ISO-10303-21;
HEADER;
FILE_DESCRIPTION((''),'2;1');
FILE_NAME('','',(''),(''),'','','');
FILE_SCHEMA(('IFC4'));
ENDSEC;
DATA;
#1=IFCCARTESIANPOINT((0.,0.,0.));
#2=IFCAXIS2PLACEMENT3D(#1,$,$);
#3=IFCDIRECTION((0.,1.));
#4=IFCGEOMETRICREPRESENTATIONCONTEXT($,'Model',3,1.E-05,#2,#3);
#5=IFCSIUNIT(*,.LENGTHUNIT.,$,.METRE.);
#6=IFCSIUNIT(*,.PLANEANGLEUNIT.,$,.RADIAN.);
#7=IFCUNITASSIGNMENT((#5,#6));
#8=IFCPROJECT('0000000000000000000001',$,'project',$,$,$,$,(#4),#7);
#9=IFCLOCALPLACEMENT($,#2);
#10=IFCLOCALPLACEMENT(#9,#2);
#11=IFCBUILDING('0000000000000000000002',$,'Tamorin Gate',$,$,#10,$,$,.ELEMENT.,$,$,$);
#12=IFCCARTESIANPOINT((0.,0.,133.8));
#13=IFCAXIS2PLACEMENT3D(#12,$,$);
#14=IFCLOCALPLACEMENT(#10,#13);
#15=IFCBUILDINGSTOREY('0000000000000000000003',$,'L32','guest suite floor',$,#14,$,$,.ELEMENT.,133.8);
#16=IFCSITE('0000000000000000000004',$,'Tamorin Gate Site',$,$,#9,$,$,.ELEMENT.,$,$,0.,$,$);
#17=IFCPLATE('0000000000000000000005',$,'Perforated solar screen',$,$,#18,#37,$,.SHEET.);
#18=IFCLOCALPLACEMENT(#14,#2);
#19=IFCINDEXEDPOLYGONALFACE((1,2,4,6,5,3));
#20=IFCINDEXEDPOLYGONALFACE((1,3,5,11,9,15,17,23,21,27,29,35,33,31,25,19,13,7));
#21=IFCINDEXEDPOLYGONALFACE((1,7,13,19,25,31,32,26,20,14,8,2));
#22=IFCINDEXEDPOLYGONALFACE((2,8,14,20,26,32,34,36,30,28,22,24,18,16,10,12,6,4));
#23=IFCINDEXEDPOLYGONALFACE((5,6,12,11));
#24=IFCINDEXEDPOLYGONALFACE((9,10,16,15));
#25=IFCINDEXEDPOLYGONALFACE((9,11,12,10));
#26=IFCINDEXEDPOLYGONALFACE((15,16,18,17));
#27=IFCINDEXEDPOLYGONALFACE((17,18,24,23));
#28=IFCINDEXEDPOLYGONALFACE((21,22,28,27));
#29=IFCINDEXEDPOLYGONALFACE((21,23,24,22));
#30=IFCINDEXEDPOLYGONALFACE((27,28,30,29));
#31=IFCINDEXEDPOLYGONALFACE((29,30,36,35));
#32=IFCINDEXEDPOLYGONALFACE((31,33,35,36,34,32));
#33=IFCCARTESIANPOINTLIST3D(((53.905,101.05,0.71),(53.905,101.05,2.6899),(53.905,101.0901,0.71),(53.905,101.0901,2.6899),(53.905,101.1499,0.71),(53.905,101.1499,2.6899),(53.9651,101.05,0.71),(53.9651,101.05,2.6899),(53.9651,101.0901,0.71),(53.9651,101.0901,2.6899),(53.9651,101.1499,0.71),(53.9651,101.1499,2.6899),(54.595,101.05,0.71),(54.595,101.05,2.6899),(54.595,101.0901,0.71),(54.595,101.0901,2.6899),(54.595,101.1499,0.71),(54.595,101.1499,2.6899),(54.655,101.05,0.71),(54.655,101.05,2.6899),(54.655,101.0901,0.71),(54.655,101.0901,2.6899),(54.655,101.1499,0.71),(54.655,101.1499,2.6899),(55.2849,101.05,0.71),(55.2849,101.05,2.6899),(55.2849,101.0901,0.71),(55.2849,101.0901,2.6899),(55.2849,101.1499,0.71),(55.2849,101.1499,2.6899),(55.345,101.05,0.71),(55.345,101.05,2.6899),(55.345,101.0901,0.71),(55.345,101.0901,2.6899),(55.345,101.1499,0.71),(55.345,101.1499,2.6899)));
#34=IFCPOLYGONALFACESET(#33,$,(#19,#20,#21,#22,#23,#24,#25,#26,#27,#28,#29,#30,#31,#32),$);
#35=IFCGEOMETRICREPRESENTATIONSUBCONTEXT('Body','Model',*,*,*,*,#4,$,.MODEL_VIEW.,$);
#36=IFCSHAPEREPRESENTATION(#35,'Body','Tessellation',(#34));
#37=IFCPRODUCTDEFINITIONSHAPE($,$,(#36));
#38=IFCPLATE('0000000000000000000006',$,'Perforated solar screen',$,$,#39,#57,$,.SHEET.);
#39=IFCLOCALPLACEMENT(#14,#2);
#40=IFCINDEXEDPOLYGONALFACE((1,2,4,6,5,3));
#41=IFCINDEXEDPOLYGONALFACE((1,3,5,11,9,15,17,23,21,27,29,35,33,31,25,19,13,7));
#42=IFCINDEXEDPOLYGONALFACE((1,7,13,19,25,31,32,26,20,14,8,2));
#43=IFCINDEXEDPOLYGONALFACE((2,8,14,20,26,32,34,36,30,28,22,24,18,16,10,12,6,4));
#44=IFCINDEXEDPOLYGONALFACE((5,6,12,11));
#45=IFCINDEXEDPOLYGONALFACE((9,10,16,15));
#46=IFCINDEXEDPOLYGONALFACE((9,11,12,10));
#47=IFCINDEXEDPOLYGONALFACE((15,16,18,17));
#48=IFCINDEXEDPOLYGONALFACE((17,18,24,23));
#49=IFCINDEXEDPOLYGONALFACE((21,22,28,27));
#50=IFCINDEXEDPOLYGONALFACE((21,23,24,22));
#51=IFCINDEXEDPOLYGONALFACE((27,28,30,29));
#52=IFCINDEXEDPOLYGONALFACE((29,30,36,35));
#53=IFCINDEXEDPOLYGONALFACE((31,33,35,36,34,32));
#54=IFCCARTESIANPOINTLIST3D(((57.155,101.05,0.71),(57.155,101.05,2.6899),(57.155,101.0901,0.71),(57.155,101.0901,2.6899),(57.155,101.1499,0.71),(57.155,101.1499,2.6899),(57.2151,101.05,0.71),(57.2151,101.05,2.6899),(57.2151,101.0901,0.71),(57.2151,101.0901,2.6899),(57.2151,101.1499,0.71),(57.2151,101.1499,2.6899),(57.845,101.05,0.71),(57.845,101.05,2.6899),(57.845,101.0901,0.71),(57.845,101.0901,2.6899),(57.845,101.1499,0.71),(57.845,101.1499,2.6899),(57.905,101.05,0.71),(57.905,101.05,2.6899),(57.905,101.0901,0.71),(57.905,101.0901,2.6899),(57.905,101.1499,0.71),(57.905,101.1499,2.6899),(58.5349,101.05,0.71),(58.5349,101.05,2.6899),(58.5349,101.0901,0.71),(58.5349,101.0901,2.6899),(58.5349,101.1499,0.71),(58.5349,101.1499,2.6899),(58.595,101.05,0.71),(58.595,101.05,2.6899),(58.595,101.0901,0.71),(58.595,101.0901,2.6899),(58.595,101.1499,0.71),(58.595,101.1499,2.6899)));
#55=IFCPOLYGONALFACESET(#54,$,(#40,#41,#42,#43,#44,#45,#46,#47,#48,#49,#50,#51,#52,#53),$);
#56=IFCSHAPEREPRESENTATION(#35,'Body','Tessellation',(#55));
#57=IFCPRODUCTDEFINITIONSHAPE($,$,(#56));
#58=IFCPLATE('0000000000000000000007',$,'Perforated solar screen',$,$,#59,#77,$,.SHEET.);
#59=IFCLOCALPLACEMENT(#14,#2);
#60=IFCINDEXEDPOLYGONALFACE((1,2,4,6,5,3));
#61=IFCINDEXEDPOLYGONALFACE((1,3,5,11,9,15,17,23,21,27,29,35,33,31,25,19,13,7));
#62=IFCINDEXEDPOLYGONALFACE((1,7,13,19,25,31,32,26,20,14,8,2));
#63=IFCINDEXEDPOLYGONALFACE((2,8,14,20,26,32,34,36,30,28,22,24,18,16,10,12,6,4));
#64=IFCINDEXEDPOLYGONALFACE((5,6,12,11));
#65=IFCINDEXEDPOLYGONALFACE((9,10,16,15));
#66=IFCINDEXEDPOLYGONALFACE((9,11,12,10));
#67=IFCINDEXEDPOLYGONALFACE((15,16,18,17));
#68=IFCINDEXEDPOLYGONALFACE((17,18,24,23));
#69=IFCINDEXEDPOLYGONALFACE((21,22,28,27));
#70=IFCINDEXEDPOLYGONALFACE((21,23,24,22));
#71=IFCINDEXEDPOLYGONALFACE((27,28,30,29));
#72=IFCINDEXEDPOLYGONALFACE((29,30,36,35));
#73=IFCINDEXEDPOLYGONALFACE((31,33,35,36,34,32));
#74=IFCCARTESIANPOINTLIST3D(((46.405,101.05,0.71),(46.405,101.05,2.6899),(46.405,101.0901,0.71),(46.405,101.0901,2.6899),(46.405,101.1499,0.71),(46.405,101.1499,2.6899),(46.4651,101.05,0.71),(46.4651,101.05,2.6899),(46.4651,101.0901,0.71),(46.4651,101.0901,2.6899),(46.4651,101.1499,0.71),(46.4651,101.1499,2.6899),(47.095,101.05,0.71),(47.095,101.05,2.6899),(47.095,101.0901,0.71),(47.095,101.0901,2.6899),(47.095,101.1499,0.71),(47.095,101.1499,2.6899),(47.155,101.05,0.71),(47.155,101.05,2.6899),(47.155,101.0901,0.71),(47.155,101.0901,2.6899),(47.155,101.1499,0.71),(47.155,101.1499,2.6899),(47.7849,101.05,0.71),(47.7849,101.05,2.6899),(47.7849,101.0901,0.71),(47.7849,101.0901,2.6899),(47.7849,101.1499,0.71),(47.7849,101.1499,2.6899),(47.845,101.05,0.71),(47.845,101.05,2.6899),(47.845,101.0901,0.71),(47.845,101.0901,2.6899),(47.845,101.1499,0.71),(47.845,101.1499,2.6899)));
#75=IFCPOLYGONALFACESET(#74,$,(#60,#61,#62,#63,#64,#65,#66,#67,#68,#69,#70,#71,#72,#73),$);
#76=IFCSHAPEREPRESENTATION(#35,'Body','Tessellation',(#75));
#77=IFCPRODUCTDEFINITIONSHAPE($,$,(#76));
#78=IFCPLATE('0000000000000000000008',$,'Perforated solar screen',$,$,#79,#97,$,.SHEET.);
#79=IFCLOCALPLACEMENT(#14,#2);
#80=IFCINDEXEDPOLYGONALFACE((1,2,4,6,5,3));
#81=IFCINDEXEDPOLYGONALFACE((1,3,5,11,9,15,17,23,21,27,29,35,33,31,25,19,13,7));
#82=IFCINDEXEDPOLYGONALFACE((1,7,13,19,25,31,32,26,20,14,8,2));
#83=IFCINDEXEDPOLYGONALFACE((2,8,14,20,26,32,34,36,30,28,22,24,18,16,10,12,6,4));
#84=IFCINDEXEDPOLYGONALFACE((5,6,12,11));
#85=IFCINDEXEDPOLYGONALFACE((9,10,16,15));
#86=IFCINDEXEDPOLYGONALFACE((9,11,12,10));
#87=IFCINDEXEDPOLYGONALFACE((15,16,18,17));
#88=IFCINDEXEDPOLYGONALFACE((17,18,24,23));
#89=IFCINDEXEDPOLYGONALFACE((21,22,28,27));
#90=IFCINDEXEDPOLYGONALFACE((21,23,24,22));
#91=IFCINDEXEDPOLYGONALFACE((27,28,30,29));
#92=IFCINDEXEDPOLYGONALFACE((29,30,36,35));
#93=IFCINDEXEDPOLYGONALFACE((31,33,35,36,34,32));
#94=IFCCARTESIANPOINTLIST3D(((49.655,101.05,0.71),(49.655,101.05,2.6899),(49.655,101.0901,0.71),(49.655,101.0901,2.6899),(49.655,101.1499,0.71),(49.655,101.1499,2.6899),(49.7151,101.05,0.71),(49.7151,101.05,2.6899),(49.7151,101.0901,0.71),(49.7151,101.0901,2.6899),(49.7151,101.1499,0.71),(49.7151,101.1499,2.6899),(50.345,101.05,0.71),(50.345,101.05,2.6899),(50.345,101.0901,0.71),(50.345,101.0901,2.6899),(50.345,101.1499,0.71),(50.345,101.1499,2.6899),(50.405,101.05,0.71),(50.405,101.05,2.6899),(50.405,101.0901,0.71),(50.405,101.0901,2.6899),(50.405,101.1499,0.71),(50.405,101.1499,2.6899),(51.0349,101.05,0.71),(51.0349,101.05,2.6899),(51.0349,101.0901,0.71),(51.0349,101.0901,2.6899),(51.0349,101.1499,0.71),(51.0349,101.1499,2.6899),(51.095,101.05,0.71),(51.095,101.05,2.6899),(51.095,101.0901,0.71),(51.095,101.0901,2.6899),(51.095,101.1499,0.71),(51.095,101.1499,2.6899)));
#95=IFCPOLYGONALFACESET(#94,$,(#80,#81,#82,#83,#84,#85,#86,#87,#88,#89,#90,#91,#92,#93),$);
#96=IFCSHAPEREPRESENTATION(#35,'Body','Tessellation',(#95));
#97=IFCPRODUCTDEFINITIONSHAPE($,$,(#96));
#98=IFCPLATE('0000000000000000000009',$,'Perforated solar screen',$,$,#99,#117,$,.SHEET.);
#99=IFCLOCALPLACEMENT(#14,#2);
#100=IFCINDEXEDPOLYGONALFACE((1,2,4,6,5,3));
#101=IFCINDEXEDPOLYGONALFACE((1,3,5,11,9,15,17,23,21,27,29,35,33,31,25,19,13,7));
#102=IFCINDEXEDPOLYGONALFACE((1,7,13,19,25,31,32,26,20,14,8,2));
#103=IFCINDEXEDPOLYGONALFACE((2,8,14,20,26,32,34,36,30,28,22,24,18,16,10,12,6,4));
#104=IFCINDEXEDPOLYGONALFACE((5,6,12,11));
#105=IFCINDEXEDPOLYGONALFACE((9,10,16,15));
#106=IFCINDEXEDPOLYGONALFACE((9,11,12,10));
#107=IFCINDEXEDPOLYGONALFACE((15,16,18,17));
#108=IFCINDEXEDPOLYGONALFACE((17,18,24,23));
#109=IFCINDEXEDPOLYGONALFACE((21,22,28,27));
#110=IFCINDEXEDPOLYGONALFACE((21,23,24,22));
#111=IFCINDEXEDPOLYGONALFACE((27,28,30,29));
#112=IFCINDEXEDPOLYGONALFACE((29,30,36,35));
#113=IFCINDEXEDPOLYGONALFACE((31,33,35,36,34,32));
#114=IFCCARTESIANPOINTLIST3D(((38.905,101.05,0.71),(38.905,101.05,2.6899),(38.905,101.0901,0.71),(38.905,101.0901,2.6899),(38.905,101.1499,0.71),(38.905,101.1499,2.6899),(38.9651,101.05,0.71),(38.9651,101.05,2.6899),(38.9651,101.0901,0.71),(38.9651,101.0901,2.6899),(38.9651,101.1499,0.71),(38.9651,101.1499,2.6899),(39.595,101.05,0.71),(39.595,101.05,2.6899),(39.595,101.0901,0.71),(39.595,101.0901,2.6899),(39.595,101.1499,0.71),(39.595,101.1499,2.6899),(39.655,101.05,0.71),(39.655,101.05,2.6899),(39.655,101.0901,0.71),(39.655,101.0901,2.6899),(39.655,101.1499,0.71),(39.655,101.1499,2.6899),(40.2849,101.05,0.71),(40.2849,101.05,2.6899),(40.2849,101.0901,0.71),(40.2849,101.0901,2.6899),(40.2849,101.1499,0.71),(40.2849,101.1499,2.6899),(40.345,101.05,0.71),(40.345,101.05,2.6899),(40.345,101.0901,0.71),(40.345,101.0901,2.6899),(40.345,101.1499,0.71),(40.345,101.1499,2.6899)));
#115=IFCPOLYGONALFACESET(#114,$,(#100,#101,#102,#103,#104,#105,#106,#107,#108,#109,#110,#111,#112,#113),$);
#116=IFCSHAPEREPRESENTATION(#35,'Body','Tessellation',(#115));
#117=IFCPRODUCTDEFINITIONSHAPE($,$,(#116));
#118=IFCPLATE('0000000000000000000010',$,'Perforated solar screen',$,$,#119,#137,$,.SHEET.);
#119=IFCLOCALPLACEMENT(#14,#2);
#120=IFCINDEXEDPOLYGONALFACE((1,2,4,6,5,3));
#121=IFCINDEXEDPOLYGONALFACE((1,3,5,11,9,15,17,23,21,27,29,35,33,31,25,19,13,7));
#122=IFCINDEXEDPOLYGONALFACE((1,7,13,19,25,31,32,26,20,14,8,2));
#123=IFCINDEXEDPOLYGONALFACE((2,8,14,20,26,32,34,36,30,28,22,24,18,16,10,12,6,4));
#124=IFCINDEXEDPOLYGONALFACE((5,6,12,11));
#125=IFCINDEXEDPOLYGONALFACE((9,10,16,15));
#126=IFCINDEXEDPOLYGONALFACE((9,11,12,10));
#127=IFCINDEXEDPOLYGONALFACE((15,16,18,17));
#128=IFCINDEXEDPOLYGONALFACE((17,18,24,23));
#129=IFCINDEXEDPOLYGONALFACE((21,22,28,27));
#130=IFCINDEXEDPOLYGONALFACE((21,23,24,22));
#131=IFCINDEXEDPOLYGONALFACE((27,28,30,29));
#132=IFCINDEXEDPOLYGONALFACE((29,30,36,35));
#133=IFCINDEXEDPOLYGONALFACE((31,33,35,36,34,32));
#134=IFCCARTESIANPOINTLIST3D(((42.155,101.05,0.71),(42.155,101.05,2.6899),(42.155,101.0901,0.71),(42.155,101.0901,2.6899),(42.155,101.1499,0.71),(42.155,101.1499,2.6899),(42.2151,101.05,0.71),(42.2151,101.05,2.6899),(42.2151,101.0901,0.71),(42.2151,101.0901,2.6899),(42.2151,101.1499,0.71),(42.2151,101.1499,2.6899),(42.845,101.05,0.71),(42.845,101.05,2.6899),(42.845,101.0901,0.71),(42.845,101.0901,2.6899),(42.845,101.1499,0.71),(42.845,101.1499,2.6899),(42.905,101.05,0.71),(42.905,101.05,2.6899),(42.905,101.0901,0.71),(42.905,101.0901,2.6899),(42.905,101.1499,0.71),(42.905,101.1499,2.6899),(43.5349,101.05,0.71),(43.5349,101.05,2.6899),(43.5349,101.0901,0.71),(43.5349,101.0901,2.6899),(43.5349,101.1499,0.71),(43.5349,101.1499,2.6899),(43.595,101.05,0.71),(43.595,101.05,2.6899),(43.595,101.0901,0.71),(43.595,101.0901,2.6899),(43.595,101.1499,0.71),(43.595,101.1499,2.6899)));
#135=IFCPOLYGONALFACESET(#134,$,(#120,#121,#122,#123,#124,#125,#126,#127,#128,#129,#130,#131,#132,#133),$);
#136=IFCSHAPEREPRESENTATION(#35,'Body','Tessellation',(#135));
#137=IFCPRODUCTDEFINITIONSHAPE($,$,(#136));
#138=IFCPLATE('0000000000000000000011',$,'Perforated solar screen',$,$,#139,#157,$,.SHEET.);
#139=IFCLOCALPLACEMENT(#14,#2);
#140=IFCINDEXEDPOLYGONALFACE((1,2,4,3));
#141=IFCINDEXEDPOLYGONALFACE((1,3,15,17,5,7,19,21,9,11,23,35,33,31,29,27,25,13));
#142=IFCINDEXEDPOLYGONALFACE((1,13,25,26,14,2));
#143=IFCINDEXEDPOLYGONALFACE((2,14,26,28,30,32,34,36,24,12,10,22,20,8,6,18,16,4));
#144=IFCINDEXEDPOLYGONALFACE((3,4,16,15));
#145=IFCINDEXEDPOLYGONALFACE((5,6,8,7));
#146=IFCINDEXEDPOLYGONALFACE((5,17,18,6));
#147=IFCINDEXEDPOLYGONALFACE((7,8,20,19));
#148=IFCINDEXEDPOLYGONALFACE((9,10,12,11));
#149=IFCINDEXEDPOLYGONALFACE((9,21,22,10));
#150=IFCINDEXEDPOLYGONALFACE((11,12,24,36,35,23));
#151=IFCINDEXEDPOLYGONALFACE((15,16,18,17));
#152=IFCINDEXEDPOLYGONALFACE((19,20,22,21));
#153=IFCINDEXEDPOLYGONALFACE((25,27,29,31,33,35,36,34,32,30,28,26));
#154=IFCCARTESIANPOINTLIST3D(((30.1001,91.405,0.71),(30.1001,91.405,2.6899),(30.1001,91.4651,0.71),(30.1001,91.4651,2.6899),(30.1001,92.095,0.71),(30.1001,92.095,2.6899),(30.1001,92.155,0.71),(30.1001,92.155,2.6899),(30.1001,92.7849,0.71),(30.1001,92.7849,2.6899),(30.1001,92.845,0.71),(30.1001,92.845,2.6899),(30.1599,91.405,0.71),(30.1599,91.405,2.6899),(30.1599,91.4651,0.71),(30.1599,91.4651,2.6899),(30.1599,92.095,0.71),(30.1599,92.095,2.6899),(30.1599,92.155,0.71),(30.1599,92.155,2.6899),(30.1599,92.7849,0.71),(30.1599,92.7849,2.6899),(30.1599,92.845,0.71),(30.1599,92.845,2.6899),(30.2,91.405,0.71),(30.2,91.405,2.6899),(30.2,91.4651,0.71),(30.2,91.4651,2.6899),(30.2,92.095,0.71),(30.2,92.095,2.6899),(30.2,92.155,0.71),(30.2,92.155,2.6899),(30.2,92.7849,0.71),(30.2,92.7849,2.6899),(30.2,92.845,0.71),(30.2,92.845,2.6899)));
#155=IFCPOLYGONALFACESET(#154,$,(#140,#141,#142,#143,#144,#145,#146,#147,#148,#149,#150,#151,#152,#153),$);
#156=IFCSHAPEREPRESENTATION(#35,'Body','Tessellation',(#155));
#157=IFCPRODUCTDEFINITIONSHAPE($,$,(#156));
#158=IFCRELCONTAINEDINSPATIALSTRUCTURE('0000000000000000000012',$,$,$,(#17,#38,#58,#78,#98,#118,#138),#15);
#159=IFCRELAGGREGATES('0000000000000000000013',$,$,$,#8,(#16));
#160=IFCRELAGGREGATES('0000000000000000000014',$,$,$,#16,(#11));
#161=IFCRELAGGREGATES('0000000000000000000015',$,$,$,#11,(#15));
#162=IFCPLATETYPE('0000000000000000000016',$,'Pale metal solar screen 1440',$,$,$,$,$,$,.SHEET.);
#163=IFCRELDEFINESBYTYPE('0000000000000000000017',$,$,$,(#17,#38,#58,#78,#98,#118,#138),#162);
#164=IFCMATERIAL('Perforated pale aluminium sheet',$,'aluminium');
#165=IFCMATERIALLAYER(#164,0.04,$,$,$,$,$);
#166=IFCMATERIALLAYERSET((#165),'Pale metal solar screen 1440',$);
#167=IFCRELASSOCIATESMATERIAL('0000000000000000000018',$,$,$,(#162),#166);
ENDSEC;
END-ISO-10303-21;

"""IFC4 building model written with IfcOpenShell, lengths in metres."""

from ifc_helpers import new_model, si_unit, direction, frame, origin, place, context, subcontext, project, spatial, polyline, outline, extrude, material, layer, layer_set, type_object, element, save


model = new_model("IFC4")

# Units and contexts
model_context = context("Model", 3, precision=1e-05, world=origin(), true_north=direction((0.0, 1.0)))
body_context = subcontext(model_context, "Body", "Model", "MODEL_VIEW")
ifc_project = project(units=[si_unit("LENGTHUNIT", "METRE"), si_unit("PLANEANGLEUNIT", "RADIAN")], contexts=[model_context])

# Site, building, storey
site_placement = place(None, origin())
site = spatial("IfcSite", under=ifc_project, at=site_placement, Name="Tamorin Gate Site", CompositionType="ELEMENT", RefElevation=0.0)
building_placement = place(site_placement, origin())
building = spatial("IfcBuilding", under=site, at=building_placement, Name="Tamorin Gate", CompositionType="ELEMENT")
storey_placement = place(building_placement, frame((0.0, 0.0, 133.8)))
storey = spatial("IfcBuildingStorey", under=building, at=storey_placement, Name="L32", Description="guest suite floor", CompositionType="ELEMENT", Elevation=133.8)

# Plates
ifc_material = material(Name="Perforated pale aluminium sheet", Category="aluminium")
ifc_layer_1 = layer(ifc_material, 0.04)
ifc_layer_set_1 = layer_set([ifc_layer_1], Name="Pale metal solar screen 1440")
plate_type_1 = type_object("IfcPlateType", Name="Pale metal solar screen 1440", PredefinedType="SHEET", material=ifc_layer_set_1)
plate_1_placement = place(storey_placement, frame((0.0, 0.0, 0.71)))
element("IfcPlate", 1, at=plate_1_placement, inside=storey, type_object=plate_type_1, Name="Perforated solar screen", PredefinedType="SHEET", context=body_context, shape_type="SweptSolid", body=[
    extrude(outline(polyline([(55.345, 101.0901), (55.345, 101.05), (55.2849, 101.05), (54.655, 101.05), (54.595, 101.05), (53.9651, 101.05), (53.905, 101.05), (53.905, 101.0901), (53.905, 101.1499), (53.9651, 101.1499), (53.9651, 101.0901), (54.595, 101.0901), (54.595, 101.1499), (54.655, 101.1499), (54.655, 101.0901), (55.2849, 101.0901), (55.2849, 101.1499), (55.345, 101.1499), (55.345, 101.0901)])), origin(), (0.0, 0.0, 1.0), 1.98),
])
plate_2_placement = place(storey_placement, frame((0.0, 0.0, 0.71)))
element("IfcPlate", 2, at=plate_2_placement, inside=storey, type_object=plate_type_1, Name="Perforated solar screen", PredefinedType="SHEET", context=body_context, shape_type="SweptSolid", body=[
    extrude(outline(polyline([(58.595, 101.0901), (58.595, 101.05), (58.5349, 101.05), (57.905, 101.05), (57.845, 101.05), (57.2151, 101.05), (57.155, 101.05), (57.155, 101.0901), (57.155, 101.1499), (57.2151, 101.1499), (57.2151, 101.0901), (57.845, 101.0901), (57.845, 101.1499), (57.905, 101.1499), (57.905, 101.0901), (58.5349, 101.0901), (58.5349, 101.1499), (58.595, 101.1499), (58.595, 101.0901)])), origin(), (0.0, 0.0, 1.0), 1.98),
])
plate_3_placement = place(storey_placement, frame((0.0, 0.0, 0.71)))
element("IfcPlate", 3, at=plate_3_placement, inside=storey, type_object=plate_type_1, Name="Perforated solar screen", PredefinedType="SHEET", context=body_context, shape_type="SweptSolid", body=[
    extrude(outline(polyline([(47.845, 101.0901), (47.845, 101.05), (47.7849, 101.05), (47.155, 101.05), (47.095, 101.05), (46.4651, 101.05), (46.405, 101.05), (46.405, 101.0901), (46.405, 101.1499), (46.4651, 101.1499), (46.4651, 101.0901), (47.095, 101.0901), (47.095, 101.1499), (47.155, 101.1499), (47.155, 101.0901), (47.7849, 101.0901), (47.7849, 101.1499), (47.845, 101.1499), (47.845, 101.0901)])), origin(), (0.0, 0.0, 1.0), 1.98),
])
plate_4_placement = place(storey_placement, frame((0.0, 0.0, 0.71)))
element("IfcPlate", 4, at=plate_4_placement, inside=storey, type_object=plate_type_1, Name="Perforated solar screen", PredefinedType="SHEET", context=body_context, shape_type="SweptSolid", body=[
    extrude(outline(polyline([(51.095, 101.0901), (51.095, 101.05), (51.0349, 101.05), (50.405, 101.05), (50.345, 101.05), (49.7151, 101.05), (49.655, 101.05), (49.655, 101.0901), (49.655, 101.1499), (49.7151, 101.1499), (49.7151, 101.0901), (50.345, 101.0901), (50.345, 101.1499), (50.405, 101.1499), (50.405, 101.0901), (51.0349, 101.0901), (51.0349, 101.1499), (51.095, 101.1499), (51.095, 101.0901)])), origin(), (0.0, 0.0, 1.0), 1.98),
])
plate_5_placement = place(storey_placement, frame((0.0, 0.0, 0.71)))
element("IfcPlate", 5, at=plate_5_placement, inside=storey, type_object=plate_type_1, Name="Perforated solar screen", PredefinedType="SHEET", context=body_context, shape_type="SweptSolid", body=[
    extrude(outline(polyline([(40.345, 101.0901), (40.345, 101.05), (40.2849, 101.05), (39.655, 101.05), (39.595, 101.05), (38.9651, 101.05), (38.905, 101.05), (38.905, 101.0901), (38.905, 101.1499), (38.9651, 101.1499), (38.9651, 101.0901), (39.595, 101.0901), (39.595, 101.1499), (39.655, 101.1499), (39.655, 101.0901), (40.2849, 101.0901), (40.2849, 101.1499), (40.345, 101.1499), (40.345, 101.0901)])), origin(), (0.0, 0.0, 1.0), 1.98),
])
plate_6_placement = place(storey_placement, frame((0.0, 0.0, 0.71)))
element("IfcPlate", 6, at=plate_6_placement, inside=storey, type_object=plate_type_1, Name="Perforated solar screen", PredefinedType="SHEET", context=body_context, shape_type="SweptSolid", body=[
    extrude(outline(polyline([(43.595, 101.0901), (43.595, 101.05), (43.5349, 101.05), (42.905, 101.05), (42.845, 101.05), (42.2151, 101.05), (42.155, 101.05), (42.155, 101.0901), (42.155, 101.1499), (42.2151, 101.1499), (42.2151, 101.0901), (42.845, 101.0901), (42.845, 101.1499), (42.905, 101.1499), (42.905, 101.0901), (43.5349, 101.0901), (43.5349, 101.1499), (43.595, 101.1499), (43.595, 101.0901)])), origin(), (0.0, 0.0, 1.0), 1.98),
])
plate_7_placement = place(storey_placement, frame((0.0, 0.0, 0.71)))
element("IfcPlate", 7, at=plate_7_placement, inside=storey, type_object=plate_type_1, Name="Perforated solar screen", PredefinedType="SHEET", context=body_context, shape_type="SweptSolid", body=[
    extrude(outline(polyline([(30.1599, 92.845), (30.2, 92.845), (30.2, 92.7849), (30.2, 92.155), (30.2, 92.095), (30.2, 91.4651), (30.2, 91.405), (30.2, 91.405), (30.1599, 91.405), (30.1599, 91.405), (30.1001, 91.405), (30.1001, 91.4651), (30.1599, 91.4651), (30.1599, 92.095), (30.1001, 92.095), (30.1001, 92.155), (30.1599, 92.155), (30.1599, 92.7849), (30.1001, 92.7849), (30.1001, 92.845), (30.1599, 92.845)])), origin(), (0.0, 0.0, 1.0), 1.98),
])

save(model, "model.ifc")
